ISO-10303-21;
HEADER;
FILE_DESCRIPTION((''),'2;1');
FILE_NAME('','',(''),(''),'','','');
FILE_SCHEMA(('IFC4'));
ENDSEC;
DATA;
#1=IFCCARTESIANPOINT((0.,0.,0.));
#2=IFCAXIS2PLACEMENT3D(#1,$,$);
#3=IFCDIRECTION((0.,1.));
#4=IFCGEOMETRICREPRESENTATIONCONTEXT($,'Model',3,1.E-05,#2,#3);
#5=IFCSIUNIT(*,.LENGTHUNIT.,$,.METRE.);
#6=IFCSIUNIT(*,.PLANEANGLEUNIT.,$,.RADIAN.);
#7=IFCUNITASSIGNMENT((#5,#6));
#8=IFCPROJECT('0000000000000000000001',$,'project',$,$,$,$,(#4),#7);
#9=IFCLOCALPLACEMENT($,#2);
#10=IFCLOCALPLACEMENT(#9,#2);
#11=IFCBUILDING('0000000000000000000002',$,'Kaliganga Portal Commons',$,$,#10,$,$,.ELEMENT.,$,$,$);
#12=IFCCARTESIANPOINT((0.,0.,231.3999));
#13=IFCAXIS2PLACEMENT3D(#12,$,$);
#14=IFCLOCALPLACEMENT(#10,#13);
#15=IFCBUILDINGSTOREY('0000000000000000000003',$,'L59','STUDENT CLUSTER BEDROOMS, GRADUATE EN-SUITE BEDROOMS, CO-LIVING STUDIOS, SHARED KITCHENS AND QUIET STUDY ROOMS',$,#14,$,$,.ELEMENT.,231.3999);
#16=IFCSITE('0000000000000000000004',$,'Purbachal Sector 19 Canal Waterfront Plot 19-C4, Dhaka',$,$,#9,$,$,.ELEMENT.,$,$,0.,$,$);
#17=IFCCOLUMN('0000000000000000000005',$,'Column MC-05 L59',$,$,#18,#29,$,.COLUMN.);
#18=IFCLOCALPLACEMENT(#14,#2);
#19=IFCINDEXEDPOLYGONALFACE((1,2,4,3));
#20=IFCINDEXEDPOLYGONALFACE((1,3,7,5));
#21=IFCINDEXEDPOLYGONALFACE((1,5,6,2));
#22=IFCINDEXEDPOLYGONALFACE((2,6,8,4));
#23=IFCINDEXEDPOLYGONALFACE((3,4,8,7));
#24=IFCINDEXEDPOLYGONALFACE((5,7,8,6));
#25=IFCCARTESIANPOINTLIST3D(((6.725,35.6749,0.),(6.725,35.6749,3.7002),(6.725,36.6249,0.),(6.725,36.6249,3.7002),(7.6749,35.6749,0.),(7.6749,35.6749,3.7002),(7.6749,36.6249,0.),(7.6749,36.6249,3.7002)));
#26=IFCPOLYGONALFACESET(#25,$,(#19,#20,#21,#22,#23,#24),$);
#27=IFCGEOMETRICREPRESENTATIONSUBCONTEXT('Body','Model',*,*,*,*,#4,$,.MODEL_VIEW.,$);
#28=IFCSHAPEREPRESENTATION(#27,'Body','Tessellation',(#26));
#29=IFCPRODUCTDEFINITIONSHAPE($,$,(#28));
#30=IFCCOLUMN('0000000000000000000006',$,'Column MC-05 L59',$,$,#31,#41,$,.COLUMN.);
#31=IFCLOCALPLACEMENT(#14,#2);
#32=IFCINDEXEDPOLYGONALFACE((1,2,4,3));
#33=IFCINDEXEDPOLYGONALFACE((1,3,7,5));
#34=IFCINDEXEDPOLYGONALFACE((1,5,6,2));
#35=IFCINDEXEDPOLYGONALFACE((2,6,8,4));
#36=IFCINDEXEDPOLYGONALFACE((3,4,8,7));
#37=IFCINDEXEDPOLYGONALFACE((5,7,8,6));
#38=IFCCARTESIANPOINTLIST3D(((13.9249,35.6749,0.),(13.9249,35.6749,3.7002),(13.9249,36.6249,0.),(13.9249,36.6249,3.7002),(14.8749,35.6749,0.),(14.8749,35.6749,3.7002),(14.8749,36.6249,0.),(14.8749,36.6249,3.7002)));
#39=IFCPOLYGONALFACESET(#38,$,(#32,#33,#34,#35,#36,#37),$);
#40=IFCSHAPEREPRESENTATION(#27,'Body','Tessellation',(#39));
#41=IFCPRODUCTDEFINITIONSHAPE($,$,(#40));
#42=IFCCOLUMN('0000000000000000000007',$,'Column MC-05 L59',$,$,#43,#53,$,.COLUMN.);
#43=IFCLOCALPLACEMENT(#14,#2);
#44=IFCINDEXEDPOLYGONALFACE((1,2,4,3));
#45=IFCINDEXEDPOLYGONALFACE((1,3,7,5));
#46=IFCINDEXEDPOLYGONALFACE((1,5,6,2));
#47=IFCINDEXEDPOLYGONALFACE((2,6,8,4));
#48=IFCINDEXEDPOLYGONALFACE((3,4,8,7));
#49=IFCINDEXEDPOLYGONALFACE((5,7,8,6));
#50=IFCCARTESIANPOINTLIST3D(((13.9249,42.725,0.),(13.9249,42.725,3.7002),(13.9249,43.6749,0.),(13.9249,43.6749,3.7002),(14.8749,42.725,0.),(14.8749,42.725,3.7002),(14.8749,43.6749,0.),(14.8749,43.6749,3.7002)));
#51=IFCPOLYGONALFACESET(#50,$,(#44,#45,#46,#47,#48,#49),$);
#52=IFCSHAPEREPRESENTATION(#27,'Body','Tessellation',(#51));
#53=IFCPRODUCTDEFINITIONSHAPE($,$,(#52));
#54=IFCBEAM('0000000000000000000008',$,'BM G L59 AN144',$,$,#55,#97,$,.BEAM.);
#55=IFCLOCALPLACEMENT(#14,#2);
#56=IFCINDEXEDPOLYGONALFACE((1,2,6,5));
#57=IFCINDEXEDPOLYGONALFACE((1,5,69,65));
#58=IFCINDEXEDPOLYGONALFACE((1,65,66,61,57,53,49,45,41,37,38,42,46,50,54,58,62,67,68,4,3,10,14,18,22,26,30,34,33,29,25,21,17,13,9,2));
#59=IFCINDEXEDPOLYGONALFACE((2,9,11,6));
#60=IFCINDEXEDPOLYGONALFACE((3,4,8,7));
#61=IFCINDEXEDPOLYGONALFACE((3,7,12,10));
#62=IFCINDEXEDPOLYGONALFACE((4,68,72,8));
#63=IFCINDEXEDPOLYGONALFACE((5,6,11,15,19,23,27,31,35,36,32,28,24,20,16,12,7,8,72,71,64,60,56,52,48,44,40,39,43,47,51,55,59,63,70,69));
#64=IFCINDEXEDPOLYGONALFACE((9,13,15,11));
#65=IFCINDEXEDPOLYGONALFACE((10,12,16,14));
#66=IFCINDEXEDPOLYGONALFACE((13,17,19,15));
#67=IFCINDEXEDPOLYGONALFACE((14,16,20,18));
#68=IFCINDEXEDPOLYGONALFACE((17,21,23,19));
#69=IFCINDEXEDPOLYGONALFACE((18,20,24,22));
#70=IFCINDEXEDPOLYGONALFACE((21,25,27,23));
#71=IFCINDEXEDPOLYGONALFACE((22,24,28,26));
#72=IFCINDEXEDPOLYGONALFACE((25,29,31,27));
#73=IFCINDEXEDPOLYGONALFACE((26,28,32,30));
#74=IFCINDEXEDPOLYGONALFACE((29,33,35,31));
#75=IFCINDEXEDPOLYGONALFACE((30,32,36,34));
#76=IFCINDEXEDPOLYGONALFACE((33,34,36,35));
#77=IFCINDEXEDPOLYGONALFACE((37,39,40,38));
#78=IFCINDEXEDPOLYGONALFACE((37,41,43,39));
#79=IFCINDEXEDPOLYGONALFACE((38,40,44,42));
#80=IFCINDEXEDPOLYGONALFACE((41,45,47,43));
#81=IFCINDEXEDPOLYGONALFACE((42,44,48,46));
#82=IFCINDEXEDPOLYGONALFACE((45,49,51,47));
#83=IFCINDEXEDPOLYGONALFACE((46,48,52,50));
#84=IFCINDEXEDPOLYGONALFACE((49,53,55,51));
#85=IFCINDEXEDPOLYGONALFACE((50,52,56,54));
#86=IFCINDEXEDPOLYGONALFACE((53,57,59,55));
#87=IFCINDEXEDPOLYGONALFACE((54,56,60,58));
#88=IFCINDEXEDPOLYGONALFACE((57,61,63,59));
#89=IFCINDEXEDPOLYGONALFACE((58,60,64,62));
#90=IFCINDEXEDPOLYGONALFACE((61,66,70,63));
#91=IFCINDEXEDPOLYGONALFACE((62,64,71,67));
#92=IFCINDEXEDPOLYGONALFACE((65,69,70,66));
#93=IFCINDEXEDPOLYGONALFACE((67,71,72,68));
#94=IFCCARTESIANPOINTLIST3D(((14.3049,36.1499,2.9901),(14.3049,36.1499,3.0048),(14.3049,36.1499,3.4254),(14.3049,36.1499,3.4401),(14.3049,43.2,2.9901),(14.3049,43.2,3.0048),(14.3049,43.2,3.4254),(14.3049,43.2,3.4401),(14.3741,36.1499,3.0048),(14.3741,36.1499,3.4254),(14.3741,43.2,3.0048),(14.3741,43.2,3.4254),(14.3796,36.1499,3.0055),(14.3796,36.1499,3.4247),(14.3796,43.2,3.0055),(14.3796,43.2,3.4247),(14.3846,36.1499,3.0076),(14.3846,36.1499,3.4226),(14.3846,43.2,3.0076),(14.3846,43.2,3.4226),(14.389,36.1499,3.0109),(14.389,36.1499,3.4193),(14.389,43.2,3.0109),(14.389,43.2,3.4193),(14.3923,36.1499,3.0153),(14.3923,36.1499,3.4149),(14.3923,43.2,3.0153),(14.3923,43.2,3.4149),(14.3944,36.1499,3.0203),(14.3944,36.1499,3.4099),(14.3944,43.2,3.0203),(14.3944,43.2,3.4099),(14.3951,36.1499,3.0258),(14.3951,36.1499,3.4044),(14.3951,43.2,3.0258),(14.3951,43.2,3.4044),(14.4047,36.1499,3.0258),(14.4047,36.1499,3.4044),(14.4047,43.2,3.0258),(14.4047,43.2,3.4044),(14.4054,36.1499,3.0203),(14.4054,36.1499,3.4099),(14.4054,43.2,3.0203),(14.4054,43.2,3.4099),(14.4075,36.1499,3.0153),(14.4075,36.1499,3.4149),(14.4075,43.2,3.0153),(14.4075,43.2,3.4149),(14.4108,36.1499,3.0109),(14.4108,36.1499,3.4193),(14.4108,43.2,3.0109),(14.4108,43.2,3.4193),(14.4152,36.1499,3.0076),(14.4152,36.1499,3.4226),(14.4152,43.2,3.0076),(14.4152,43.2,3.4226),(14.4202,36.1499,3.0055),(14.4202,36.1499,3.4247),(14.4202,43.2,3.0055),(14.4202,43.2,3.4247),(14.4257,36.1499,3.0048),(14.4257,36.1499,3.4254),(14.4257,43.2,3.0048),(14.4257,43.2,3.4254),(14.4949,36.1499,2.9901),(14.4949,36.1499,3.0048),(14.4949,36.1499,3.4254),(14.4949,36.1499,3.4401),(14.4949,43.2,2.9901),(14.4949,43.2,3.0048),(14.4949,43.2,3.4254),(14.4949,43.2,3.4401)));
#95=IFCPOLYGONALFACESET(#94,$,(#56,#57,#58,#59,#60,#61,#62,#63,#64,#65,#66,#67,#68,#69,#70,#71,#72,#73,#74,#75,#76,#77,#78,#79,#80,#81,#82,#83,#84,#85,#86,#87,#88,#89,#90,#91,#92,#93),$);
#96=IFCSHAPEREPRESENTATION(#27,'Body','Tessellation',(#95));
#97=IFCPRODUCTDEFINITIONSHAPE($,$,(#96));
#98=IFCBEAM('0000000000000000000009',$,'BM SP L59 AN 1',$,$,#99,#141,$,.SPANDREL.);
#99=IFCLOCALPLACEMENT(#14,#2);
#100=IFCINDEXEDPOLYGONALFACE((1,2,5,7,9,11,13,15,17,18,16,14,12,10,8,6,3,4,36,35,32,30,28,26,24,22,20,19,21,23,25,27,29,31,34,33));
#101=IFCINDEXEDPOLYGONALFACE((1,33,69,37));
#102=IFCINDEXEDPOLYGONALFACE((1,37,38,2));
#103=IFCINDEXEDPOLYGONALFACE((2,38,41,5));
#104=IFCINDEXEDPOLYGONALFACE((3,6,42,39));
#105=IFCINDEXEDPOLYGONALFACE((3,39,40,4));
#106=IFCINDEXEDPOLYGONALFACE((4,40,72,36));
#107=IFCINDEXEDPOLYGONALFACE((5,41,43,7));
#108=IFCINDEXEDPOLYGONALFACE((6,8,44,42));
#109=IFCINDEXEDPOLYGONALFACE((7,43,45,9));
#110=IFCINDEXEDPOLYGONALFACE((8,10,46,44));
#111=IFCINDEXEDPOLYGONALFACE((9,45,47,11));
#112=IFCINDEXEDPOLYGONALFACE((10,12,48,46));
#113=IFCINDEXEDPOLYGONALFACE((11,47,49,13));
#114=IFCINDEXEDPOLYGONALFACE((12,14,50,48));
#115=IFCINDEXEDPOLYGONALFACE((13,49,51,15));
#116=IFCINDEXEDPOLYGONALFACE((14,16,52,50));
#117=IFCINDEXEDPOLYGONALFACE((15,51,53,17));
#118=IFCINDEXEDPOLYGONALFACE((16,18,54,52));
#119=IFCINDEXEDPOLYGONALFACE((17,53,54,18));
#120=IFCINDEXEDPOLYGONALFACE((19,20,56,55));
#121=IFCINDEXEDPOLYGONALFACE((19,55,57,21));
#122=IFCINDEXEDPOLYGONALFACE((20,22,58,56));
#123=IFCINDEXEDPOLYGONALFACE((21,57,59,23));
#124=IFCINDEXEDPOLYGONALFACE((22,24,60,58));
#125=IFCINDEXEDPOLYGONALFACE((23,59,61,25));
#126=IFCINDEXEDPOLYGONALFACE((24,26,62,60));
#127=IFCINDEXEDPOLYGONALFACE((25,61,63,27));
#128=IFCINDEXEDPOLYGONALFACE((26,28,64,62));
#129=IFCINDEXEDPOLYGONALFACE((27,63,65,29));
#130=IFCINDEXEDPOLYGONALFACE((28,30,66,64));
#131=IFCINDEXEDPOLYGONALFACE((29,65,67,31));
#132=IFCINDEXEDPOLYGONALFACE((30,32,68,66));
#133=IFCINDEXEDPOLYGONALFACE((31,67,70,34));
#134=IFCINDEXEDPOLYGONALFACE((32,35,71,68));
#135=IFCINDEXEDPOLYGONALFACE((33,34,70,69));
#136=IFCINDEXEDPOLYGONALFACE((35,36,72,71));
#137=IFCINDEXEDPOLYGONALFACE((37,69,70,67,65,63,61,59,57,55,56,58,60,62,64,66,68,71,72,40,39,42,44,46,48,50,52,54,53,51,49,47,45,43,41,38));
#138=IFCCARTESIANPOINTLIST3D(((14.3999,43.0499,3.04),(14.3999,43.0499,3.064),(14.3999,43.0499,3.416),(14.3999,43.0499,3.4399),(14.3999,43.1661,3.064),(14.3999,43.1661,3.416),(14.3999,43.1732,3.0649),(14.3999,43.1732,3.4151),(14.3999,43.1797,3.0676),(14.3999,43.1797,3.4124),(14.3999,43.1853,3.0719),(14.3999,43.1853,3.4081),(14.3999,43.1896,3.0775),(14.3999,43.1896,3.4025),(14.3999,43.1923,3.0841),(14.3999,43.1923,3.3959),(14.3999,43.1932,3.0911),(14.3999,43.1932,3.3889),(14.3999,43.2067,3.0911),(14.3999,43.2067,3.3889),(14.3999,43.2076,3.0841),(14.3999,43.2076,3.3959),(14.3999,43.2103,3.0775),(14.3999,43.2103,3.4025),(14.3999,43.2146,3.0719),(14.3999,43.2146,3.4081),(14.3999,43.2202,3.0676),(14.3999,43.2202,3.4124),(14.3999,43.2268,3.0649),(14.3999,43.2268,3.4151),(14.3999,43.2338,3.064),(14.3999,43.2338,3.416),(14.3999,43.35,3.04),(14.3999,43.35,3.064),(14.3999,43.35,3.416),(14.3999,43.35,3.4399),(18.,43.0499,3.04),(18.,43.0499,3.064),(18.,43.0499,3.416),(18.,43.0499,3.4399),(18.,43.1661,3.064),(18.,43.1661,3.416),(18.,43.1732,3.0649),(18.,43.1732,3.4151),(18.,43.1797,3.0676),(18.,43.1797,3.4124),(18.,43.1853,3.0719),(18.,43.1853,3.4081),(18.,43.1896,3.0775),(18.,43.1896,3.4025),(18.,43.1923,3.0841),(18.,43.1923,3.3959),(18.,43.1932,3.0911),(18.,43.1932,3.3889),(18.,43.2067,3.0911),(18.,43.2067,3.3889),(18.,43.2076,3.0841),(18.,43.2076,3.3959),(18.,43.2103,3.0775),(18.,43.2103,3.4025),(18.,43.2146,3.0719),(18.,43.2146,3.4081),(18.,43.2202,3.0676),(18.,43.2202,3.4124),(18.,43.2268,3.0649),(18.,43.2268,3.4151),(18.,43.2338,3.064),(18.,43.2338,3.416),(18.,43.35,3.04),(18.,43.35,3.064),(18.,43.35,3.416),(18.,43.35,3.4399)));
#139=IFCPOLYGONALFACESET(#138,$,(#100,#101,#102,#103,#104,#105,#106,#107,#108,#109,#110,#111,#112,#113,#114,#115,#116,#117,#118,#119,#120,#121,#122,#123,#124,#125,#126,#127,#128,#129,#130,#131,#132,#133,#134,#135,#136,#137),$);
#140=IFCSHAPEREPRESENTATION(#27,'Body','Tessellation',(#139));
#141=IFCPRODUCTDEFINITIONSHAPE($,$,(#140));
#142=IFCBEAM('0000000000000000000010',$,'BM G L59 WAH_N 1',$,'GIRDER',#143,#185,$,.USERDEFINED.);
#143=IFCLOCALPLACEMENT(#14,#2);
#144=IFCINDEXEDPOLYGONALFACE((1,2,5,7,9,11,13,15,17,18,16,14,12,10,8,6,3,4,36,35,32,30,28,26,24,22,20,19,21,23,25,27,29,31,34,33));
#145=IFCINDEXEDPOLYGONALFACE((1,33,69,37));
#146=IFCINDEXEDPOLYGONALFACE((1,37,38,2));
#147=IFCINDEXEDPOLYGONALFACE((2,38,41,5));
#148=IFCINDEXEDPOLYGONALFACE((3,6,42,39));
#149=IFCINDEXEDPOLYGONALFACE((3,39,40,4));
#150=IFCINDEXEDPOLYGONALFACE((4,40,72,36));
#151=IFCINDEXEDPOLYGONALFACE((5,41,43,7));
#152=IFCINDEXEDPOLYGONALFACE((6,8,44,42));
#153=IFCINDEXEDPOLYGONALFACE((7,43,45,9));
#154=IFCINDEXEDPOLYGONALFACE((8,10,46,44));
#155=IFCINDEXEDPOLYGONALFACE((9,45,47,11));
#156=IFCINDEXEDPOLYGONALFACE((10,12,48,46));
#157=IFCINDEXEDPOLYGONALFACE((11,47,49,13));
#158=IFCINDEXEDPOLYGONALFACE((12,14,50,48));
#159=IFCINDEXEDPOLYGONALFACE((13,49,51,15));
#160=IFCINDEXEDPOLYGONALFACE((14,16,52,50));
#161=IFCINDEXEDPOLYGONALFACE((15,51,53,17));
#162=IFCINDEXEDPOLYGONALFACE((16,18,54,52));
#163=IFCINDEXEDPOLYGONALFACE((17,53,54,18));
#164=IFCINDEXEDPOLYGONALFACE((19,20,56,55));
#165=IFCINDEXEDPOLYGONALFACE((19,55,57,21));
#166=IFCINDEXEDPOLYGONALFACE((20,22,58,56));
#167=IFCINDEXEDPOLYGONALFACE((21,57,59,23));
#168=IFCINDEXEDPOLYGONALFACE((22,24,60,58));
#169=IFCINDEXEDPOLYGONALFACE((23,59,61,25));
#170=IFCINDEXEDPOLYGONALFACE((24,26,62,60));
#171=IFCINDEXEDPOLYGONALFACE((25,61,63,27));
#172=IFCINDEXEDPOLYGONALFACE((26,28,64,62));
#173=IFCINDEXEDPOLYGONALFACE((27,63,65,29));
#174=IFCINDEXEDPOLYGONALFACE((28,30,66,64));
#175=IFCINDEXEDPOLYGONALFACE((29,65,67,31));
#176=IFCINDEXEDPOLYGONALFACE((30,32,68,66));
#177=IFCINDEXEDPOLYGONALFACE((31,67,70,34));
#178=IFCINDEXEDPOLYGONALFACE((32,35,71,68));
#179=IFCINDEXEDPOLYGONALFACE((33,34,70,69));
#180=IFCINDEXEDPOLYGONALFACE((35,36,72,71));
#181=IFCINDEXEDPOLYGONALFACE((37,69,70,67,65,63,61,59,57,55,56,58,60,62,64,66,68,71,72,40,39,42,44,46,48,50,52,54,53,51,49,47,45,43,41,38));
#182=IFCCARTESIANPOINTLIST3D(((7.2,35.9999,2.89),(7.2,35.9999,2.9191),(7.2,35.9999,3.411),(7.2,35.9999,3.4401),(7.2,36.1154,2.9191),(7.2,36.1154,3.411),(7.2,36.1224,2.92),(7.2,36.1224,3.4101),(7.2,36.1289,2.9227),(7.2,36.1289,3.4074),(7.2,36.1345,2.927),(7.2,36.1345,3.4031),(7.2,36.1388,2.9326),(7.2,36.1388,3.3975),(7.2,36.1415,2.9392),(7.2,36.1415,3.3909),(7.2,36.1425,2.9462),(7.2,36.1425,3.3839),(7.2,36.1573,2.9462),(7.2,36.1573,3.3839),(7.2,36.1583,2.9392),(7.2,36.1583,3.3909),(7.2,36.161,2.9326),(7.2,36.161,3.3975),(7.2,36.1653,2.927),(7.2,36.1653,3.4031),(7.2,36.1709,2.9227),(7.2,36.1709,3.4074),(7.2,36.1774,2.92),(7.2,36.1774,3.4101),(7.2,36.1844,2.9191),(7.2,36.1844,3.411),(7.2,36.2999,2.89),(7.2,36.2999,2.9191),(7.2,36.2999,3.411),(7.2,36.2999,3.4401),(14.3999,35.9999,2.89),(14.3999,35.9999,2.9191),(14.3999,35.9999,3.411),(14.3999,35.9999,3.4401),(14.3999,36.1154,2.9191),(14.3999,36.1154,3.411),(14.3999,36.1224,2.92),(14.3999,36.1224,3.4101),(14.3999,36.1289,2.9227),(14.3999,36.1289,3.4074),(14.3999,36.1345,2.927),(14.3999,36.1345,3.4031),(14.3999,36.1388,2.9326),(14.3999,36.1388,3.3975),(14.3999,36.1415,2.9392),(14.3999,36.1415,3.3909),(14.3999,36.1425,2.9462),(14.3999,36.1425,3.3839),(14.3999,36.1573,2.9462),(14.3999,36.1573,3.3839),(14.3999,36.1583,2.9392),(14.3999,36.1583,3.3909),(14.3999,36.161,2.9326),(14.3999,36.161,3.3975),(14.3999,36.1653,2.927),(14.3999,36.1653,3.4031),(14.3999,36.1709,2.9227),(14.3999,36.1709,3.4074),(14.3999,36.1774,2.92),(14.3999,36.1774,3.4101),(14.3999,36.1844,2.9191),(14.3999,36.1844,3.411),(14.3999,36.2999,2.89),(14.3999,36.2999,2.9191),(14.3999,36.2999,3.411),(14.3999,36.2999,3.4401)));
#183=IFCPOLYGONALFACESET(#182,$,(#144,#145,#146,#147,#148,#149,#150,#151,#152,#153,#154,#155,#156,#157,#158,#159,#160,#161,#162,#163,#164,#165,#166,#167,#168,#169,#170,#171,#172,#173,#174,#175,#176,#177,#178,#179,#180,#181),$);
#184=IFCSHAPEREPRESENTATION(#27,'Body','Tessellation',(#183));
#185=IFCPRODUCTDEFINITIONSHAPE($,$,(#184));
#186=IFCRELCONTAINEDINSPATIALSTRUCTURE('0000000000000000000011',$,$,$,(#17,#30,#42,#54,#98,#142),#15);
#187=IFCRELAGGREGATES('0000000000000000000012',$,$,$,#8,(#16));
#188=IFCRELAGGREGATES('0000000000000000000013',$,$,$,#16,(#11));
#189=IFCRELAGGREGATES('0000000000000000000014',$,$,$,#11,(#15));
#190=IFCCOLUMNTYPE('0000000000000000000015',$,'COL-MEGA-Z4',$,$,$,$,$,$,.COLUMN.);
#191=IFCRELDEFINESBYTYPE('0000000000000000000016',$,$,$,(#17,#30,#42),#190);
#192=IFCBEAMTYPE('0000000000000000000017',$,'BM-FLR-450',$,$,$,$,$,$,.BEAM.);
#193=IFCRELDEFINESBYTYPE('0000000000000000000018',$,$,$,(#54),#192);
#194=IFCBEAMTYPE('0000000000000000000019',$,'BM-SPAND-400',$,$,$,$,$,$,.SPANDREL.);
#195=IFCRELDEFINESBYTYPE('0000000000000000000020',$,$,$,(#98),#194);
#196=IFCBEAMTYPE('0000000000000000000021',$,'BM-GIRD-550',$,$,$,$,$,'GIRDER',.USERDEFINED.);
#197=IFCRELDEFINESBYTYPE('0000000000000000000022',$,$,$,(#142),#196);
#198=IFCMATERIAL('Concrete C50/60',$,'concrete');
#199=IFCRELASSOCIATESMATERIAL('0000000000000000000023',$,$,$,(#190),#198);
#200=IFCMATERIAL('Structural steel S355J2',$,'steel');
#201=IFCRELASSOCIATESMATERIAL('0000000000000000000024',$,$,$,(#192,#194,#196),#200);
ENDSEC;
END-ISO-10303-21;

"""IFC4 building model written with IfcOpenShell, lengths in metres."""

from ifc_helpers import new_model, si_unit, direction, frame, origin, origin_2d, place, context, subcontext, project, spatial, rectangle, i_section, extrude, source, transform, mapped, material, material_profile, profile_set, type_object, element, save


model = new_model("IFC4")

# Units and contexts
model_context = context("Model", 3, precision=1e-05, world=origin(), true_north=direction((0.0, 1.0)))
body_context = subcontext(model_context, "Body", "Model", "MODEL_VIEW")
ifc_project = project(units=[si_unit("LENGTHUNIT", "METRE"), si_unit("PLANEANGLEUNIT", "RADIAN")], contexts=[model_context])

# Site, building, storey
site_placement = place(None, origin())
site = spatial("IfcSite", under=ifc_project, at=site_placement, Name="Purbachal Sector 19 Canal Waterfront Plot 19-C4, Dhaka", CompositionType="ELEMENT", RefElevation=0.0)
building_placement = place(site_placement, origin())
building = spatial("IfcBuilding", under=site, at=building_placement, Name="Kaliganga Portal Commons", CompositionType="ELEMENT")
storey_placement = place(building_placement, frame((0.0, 0.0, 231.3999)))
storey = spatial("IfcBuildingStorey", under=building, at=storey_placement, Name="L59", Description="STUDENT CLUSTER BEDROOMS, GRADUATE EN-SUITE BEDROOMS, CO-LIVING STUDIOS, SHARED KITCHENS AND QUIET STUDY ROOMS", CompositionType="ELEMENT", Elevation=231.3999)

# Columns
ifc_material_1 = material(Name="Concrete C50/60", Category="concrete")
ifc_material_profile_1 = material_profile(ifc_material_1, rectangle(XDim=0.95, YDim=0.95, at=origin_2d()), Name="RC 950x950")
ifc_profile_set_1 = profile_set([ifc_material_profile_1], Name="Concrete C50/60")
column_type = type_object("IfcColumnType", Name="COL-MEGA-Z4", PredefinedType="COLUMN", material=ifc_profile_set_1)
shared_shape_1 = source(origin(), body_context, "Body", "SweptSolid", [
    extrude(rectangle(XDim=0.95, YDim=0.95, at=origin_2d()), origin(), (0.0, 0.0, 1.0), 3.7002),
])
for number, where, z_axis, x_axis, name in (
    (1, (7.2, 36.1499, 0.0), (0.0, 0.0, 1.0), (1.0, 0.0, 0.0), "Column MC-05 L59"),
    (2, (14.3999, 36.1499, 0.0), (0.0, 0.0, 1.0), (1.0, 0.0, 0.0), "Column MC-05 L59"),
    (3, (14.3999, 43.2, 0.0), (0.0, 0.0, 1.0), (1.0, 0.0, 0.0), "Column MC-05 L59"),
):
    element("IfcColumn", number, at=place(storey_placement, frame(where, z_axis=z_axis, x_axis=x_axis)), inside=storey, type_object=column_type, Name=name, PredefinedType="COLUMN", context=body_context, shape_type="MappedRepresentation", body=[
        mapped(shared_shape_1, transform((0.0, 0.0, 0.0), x_axis=(1.0, 0.0, 0.0), y_axis=(0.0, 1.0, 0.0), z_axis=(0.0, 0.0, 1.0), scale=1.0)),
    ])

# Beams
ifc_material_2 = material(Name="Structural steel S355J2", Category="steel")
ifc_material_profile_2 = material_profile(ifc_material_2, i_section(OverallWidth=0.1899, OverallDepth=0.45, WebThickness=0.0095, FlangeThickness=0.0146, FilletRadius=0.021, at=origin_2d()), Name="IPE 450")
ifc_profile_set_2 = profile_set([ifc_material_profile_2], Name="Structural steel S355J2 wide-flange")
beam_type_1 = type_object("IfcBeamType", Name="BM-FLR-450", PredefinedType="BEAM", material=ifc_profile_set_2)
shared_shape_2 = source(origin(), body_context, "Body", "SweptSolid", [
    extrude(i_section(OverallWidth=0.1899, OverallDepth=0.45, WebThickness=0.0095, FlangeThickness=0.0146, FilletRadius=0.021, at=origin_2d()), origin(), (0.0, 0.0, 1.0), 7.05),
])
beam_1_placement = place(storey_placement, frame((14.3999, 36.1499, 3.2151), z_axis=(0.0, 1.0, 0.0), x_axis=(-1.0, 0.0, 0.0)))
element("IfcBeam", 4, at=beam_1_placement, inside=storey, type_object=beam_type_1, Name="BM G L59 AN144", PredefinedType="BEAM", context=body_context, shape_type="MappedRepresentation", body=[
    mapped(shared_shape_2, transform((0.0, 0.0, 0.0), x_axis=(1.0, 0.0, 0.0), y_axis=(0.0, 1.0, 0.0), z_axis=(0.0, 0.0, 1.0), scale=1.0)),
])
ifc_material_profile_3 = material_profile(ifc_material_2, i_section(OverallWidth=0.3, OverallDepth=0.3999, WebThickness=0.0134, FlangeThickness=0.0239, FilletRadius=0.0271, at=origin_2d()), Name="HE 400 B")
ifc_profile_set_3 = profile_set([ifc_material_profile_3], Name="Structural steel S355J2 wide-flange")
beam_type_2 = type_object("IfcBeamType", Name="BM-SPAND-400", PredefinedType="SPANDREL", material=ifc_profile_set_3)
shared_shape_3 = source(origin(), body_context, "Body", "SweptSolid", [
    extrude(i_section(OverallWidth=0.3, OverallDepth=0.3999, WebThickness=0.0134, FlangeThickness=0.0239, FilletRadius=0.0271, at=origin_2d()), origin(), (0.0, 0.0, 1.0), 3.6001),
])
beam_2_placement = place(storey_placement, frame((14.3999, 43.2, 3.24), z_axis=(1.0, 0.0, 0.0), x_axis=(0.0, 1.0, 0.0)))
element("IfcBeam", 5, at=beam_2_placement, inside=storey, type_object=beam_type_2, Name="BM SP L59 AN 1", PredefinedType="SPANDREL", context=body_context, shape_type="MappedRepresentation", body=[
    mapped(shared_shape_3, transform((0.0, 0.0, 0.0), x_axis=(1.0, 0.0, 0.0), y_axis=(0.0, 1.0, 0.0), z_axis=(0.0, 0.0, 1.0), scale=1.0)),
])
ifc_material_profile_4 = material_profile(ifc_material_2, i_section(OverallWidth=0.3, OverallDepth=0.55, WebThickness=0.0149, FlangeThickness=0.0291, FilletRadius=0.0271, at=origin_2d()), Name="HE 550 B")
ifc_profile_set_4 = profile_set([ifc_material_profile_4], Name="Structural steel S355J2 wide-flange")
beam_type_3 = type_object("IfcBeamType", Name="BM-GIRD-550", ElementType="GIRDER", PredefinedType="USERDEFINED", material=ifc_profile_set_4)
shared_shape_4 = source(origin(), body_context, "Body", "SweptSolid", [
    extrude(i_section(OverallWidth=0.3, OverallDepth=0.55, WebThickness=0.0149, FlangeThickness=0.0291, FilletRadius=0.0271, at=origin_2d()), origin(), (0.0, 0.0, 1.0), 7.2),
])
beam_3_placement = place(storey_placement, frame((7.2, 36.1499, 3.165), z_axis=(1.0, 0.0, 0.0), x_axis=(0.0, 1.0, 0.0)))
element("IfcBeam", 6, at=beam_3_placement, inside=storey, type_object=beam_type_3, Name="BM G L59 WAH_N 1", ObjectType="GIRDER", PredefinedType="USERDEFINED", context=body_context, shape_type="MappedRepresentation", body=[
    mapped(shared_shape_4, transform((0.0, 0.0, 0.0), x_axis=(1.0, 0.0, 0.0), y_axis=(0.0, 1.0, 0.0), z_axis=(0.0, 0.0, 1.0), scale=1.0)),
])

save(model, "model.ifc")
